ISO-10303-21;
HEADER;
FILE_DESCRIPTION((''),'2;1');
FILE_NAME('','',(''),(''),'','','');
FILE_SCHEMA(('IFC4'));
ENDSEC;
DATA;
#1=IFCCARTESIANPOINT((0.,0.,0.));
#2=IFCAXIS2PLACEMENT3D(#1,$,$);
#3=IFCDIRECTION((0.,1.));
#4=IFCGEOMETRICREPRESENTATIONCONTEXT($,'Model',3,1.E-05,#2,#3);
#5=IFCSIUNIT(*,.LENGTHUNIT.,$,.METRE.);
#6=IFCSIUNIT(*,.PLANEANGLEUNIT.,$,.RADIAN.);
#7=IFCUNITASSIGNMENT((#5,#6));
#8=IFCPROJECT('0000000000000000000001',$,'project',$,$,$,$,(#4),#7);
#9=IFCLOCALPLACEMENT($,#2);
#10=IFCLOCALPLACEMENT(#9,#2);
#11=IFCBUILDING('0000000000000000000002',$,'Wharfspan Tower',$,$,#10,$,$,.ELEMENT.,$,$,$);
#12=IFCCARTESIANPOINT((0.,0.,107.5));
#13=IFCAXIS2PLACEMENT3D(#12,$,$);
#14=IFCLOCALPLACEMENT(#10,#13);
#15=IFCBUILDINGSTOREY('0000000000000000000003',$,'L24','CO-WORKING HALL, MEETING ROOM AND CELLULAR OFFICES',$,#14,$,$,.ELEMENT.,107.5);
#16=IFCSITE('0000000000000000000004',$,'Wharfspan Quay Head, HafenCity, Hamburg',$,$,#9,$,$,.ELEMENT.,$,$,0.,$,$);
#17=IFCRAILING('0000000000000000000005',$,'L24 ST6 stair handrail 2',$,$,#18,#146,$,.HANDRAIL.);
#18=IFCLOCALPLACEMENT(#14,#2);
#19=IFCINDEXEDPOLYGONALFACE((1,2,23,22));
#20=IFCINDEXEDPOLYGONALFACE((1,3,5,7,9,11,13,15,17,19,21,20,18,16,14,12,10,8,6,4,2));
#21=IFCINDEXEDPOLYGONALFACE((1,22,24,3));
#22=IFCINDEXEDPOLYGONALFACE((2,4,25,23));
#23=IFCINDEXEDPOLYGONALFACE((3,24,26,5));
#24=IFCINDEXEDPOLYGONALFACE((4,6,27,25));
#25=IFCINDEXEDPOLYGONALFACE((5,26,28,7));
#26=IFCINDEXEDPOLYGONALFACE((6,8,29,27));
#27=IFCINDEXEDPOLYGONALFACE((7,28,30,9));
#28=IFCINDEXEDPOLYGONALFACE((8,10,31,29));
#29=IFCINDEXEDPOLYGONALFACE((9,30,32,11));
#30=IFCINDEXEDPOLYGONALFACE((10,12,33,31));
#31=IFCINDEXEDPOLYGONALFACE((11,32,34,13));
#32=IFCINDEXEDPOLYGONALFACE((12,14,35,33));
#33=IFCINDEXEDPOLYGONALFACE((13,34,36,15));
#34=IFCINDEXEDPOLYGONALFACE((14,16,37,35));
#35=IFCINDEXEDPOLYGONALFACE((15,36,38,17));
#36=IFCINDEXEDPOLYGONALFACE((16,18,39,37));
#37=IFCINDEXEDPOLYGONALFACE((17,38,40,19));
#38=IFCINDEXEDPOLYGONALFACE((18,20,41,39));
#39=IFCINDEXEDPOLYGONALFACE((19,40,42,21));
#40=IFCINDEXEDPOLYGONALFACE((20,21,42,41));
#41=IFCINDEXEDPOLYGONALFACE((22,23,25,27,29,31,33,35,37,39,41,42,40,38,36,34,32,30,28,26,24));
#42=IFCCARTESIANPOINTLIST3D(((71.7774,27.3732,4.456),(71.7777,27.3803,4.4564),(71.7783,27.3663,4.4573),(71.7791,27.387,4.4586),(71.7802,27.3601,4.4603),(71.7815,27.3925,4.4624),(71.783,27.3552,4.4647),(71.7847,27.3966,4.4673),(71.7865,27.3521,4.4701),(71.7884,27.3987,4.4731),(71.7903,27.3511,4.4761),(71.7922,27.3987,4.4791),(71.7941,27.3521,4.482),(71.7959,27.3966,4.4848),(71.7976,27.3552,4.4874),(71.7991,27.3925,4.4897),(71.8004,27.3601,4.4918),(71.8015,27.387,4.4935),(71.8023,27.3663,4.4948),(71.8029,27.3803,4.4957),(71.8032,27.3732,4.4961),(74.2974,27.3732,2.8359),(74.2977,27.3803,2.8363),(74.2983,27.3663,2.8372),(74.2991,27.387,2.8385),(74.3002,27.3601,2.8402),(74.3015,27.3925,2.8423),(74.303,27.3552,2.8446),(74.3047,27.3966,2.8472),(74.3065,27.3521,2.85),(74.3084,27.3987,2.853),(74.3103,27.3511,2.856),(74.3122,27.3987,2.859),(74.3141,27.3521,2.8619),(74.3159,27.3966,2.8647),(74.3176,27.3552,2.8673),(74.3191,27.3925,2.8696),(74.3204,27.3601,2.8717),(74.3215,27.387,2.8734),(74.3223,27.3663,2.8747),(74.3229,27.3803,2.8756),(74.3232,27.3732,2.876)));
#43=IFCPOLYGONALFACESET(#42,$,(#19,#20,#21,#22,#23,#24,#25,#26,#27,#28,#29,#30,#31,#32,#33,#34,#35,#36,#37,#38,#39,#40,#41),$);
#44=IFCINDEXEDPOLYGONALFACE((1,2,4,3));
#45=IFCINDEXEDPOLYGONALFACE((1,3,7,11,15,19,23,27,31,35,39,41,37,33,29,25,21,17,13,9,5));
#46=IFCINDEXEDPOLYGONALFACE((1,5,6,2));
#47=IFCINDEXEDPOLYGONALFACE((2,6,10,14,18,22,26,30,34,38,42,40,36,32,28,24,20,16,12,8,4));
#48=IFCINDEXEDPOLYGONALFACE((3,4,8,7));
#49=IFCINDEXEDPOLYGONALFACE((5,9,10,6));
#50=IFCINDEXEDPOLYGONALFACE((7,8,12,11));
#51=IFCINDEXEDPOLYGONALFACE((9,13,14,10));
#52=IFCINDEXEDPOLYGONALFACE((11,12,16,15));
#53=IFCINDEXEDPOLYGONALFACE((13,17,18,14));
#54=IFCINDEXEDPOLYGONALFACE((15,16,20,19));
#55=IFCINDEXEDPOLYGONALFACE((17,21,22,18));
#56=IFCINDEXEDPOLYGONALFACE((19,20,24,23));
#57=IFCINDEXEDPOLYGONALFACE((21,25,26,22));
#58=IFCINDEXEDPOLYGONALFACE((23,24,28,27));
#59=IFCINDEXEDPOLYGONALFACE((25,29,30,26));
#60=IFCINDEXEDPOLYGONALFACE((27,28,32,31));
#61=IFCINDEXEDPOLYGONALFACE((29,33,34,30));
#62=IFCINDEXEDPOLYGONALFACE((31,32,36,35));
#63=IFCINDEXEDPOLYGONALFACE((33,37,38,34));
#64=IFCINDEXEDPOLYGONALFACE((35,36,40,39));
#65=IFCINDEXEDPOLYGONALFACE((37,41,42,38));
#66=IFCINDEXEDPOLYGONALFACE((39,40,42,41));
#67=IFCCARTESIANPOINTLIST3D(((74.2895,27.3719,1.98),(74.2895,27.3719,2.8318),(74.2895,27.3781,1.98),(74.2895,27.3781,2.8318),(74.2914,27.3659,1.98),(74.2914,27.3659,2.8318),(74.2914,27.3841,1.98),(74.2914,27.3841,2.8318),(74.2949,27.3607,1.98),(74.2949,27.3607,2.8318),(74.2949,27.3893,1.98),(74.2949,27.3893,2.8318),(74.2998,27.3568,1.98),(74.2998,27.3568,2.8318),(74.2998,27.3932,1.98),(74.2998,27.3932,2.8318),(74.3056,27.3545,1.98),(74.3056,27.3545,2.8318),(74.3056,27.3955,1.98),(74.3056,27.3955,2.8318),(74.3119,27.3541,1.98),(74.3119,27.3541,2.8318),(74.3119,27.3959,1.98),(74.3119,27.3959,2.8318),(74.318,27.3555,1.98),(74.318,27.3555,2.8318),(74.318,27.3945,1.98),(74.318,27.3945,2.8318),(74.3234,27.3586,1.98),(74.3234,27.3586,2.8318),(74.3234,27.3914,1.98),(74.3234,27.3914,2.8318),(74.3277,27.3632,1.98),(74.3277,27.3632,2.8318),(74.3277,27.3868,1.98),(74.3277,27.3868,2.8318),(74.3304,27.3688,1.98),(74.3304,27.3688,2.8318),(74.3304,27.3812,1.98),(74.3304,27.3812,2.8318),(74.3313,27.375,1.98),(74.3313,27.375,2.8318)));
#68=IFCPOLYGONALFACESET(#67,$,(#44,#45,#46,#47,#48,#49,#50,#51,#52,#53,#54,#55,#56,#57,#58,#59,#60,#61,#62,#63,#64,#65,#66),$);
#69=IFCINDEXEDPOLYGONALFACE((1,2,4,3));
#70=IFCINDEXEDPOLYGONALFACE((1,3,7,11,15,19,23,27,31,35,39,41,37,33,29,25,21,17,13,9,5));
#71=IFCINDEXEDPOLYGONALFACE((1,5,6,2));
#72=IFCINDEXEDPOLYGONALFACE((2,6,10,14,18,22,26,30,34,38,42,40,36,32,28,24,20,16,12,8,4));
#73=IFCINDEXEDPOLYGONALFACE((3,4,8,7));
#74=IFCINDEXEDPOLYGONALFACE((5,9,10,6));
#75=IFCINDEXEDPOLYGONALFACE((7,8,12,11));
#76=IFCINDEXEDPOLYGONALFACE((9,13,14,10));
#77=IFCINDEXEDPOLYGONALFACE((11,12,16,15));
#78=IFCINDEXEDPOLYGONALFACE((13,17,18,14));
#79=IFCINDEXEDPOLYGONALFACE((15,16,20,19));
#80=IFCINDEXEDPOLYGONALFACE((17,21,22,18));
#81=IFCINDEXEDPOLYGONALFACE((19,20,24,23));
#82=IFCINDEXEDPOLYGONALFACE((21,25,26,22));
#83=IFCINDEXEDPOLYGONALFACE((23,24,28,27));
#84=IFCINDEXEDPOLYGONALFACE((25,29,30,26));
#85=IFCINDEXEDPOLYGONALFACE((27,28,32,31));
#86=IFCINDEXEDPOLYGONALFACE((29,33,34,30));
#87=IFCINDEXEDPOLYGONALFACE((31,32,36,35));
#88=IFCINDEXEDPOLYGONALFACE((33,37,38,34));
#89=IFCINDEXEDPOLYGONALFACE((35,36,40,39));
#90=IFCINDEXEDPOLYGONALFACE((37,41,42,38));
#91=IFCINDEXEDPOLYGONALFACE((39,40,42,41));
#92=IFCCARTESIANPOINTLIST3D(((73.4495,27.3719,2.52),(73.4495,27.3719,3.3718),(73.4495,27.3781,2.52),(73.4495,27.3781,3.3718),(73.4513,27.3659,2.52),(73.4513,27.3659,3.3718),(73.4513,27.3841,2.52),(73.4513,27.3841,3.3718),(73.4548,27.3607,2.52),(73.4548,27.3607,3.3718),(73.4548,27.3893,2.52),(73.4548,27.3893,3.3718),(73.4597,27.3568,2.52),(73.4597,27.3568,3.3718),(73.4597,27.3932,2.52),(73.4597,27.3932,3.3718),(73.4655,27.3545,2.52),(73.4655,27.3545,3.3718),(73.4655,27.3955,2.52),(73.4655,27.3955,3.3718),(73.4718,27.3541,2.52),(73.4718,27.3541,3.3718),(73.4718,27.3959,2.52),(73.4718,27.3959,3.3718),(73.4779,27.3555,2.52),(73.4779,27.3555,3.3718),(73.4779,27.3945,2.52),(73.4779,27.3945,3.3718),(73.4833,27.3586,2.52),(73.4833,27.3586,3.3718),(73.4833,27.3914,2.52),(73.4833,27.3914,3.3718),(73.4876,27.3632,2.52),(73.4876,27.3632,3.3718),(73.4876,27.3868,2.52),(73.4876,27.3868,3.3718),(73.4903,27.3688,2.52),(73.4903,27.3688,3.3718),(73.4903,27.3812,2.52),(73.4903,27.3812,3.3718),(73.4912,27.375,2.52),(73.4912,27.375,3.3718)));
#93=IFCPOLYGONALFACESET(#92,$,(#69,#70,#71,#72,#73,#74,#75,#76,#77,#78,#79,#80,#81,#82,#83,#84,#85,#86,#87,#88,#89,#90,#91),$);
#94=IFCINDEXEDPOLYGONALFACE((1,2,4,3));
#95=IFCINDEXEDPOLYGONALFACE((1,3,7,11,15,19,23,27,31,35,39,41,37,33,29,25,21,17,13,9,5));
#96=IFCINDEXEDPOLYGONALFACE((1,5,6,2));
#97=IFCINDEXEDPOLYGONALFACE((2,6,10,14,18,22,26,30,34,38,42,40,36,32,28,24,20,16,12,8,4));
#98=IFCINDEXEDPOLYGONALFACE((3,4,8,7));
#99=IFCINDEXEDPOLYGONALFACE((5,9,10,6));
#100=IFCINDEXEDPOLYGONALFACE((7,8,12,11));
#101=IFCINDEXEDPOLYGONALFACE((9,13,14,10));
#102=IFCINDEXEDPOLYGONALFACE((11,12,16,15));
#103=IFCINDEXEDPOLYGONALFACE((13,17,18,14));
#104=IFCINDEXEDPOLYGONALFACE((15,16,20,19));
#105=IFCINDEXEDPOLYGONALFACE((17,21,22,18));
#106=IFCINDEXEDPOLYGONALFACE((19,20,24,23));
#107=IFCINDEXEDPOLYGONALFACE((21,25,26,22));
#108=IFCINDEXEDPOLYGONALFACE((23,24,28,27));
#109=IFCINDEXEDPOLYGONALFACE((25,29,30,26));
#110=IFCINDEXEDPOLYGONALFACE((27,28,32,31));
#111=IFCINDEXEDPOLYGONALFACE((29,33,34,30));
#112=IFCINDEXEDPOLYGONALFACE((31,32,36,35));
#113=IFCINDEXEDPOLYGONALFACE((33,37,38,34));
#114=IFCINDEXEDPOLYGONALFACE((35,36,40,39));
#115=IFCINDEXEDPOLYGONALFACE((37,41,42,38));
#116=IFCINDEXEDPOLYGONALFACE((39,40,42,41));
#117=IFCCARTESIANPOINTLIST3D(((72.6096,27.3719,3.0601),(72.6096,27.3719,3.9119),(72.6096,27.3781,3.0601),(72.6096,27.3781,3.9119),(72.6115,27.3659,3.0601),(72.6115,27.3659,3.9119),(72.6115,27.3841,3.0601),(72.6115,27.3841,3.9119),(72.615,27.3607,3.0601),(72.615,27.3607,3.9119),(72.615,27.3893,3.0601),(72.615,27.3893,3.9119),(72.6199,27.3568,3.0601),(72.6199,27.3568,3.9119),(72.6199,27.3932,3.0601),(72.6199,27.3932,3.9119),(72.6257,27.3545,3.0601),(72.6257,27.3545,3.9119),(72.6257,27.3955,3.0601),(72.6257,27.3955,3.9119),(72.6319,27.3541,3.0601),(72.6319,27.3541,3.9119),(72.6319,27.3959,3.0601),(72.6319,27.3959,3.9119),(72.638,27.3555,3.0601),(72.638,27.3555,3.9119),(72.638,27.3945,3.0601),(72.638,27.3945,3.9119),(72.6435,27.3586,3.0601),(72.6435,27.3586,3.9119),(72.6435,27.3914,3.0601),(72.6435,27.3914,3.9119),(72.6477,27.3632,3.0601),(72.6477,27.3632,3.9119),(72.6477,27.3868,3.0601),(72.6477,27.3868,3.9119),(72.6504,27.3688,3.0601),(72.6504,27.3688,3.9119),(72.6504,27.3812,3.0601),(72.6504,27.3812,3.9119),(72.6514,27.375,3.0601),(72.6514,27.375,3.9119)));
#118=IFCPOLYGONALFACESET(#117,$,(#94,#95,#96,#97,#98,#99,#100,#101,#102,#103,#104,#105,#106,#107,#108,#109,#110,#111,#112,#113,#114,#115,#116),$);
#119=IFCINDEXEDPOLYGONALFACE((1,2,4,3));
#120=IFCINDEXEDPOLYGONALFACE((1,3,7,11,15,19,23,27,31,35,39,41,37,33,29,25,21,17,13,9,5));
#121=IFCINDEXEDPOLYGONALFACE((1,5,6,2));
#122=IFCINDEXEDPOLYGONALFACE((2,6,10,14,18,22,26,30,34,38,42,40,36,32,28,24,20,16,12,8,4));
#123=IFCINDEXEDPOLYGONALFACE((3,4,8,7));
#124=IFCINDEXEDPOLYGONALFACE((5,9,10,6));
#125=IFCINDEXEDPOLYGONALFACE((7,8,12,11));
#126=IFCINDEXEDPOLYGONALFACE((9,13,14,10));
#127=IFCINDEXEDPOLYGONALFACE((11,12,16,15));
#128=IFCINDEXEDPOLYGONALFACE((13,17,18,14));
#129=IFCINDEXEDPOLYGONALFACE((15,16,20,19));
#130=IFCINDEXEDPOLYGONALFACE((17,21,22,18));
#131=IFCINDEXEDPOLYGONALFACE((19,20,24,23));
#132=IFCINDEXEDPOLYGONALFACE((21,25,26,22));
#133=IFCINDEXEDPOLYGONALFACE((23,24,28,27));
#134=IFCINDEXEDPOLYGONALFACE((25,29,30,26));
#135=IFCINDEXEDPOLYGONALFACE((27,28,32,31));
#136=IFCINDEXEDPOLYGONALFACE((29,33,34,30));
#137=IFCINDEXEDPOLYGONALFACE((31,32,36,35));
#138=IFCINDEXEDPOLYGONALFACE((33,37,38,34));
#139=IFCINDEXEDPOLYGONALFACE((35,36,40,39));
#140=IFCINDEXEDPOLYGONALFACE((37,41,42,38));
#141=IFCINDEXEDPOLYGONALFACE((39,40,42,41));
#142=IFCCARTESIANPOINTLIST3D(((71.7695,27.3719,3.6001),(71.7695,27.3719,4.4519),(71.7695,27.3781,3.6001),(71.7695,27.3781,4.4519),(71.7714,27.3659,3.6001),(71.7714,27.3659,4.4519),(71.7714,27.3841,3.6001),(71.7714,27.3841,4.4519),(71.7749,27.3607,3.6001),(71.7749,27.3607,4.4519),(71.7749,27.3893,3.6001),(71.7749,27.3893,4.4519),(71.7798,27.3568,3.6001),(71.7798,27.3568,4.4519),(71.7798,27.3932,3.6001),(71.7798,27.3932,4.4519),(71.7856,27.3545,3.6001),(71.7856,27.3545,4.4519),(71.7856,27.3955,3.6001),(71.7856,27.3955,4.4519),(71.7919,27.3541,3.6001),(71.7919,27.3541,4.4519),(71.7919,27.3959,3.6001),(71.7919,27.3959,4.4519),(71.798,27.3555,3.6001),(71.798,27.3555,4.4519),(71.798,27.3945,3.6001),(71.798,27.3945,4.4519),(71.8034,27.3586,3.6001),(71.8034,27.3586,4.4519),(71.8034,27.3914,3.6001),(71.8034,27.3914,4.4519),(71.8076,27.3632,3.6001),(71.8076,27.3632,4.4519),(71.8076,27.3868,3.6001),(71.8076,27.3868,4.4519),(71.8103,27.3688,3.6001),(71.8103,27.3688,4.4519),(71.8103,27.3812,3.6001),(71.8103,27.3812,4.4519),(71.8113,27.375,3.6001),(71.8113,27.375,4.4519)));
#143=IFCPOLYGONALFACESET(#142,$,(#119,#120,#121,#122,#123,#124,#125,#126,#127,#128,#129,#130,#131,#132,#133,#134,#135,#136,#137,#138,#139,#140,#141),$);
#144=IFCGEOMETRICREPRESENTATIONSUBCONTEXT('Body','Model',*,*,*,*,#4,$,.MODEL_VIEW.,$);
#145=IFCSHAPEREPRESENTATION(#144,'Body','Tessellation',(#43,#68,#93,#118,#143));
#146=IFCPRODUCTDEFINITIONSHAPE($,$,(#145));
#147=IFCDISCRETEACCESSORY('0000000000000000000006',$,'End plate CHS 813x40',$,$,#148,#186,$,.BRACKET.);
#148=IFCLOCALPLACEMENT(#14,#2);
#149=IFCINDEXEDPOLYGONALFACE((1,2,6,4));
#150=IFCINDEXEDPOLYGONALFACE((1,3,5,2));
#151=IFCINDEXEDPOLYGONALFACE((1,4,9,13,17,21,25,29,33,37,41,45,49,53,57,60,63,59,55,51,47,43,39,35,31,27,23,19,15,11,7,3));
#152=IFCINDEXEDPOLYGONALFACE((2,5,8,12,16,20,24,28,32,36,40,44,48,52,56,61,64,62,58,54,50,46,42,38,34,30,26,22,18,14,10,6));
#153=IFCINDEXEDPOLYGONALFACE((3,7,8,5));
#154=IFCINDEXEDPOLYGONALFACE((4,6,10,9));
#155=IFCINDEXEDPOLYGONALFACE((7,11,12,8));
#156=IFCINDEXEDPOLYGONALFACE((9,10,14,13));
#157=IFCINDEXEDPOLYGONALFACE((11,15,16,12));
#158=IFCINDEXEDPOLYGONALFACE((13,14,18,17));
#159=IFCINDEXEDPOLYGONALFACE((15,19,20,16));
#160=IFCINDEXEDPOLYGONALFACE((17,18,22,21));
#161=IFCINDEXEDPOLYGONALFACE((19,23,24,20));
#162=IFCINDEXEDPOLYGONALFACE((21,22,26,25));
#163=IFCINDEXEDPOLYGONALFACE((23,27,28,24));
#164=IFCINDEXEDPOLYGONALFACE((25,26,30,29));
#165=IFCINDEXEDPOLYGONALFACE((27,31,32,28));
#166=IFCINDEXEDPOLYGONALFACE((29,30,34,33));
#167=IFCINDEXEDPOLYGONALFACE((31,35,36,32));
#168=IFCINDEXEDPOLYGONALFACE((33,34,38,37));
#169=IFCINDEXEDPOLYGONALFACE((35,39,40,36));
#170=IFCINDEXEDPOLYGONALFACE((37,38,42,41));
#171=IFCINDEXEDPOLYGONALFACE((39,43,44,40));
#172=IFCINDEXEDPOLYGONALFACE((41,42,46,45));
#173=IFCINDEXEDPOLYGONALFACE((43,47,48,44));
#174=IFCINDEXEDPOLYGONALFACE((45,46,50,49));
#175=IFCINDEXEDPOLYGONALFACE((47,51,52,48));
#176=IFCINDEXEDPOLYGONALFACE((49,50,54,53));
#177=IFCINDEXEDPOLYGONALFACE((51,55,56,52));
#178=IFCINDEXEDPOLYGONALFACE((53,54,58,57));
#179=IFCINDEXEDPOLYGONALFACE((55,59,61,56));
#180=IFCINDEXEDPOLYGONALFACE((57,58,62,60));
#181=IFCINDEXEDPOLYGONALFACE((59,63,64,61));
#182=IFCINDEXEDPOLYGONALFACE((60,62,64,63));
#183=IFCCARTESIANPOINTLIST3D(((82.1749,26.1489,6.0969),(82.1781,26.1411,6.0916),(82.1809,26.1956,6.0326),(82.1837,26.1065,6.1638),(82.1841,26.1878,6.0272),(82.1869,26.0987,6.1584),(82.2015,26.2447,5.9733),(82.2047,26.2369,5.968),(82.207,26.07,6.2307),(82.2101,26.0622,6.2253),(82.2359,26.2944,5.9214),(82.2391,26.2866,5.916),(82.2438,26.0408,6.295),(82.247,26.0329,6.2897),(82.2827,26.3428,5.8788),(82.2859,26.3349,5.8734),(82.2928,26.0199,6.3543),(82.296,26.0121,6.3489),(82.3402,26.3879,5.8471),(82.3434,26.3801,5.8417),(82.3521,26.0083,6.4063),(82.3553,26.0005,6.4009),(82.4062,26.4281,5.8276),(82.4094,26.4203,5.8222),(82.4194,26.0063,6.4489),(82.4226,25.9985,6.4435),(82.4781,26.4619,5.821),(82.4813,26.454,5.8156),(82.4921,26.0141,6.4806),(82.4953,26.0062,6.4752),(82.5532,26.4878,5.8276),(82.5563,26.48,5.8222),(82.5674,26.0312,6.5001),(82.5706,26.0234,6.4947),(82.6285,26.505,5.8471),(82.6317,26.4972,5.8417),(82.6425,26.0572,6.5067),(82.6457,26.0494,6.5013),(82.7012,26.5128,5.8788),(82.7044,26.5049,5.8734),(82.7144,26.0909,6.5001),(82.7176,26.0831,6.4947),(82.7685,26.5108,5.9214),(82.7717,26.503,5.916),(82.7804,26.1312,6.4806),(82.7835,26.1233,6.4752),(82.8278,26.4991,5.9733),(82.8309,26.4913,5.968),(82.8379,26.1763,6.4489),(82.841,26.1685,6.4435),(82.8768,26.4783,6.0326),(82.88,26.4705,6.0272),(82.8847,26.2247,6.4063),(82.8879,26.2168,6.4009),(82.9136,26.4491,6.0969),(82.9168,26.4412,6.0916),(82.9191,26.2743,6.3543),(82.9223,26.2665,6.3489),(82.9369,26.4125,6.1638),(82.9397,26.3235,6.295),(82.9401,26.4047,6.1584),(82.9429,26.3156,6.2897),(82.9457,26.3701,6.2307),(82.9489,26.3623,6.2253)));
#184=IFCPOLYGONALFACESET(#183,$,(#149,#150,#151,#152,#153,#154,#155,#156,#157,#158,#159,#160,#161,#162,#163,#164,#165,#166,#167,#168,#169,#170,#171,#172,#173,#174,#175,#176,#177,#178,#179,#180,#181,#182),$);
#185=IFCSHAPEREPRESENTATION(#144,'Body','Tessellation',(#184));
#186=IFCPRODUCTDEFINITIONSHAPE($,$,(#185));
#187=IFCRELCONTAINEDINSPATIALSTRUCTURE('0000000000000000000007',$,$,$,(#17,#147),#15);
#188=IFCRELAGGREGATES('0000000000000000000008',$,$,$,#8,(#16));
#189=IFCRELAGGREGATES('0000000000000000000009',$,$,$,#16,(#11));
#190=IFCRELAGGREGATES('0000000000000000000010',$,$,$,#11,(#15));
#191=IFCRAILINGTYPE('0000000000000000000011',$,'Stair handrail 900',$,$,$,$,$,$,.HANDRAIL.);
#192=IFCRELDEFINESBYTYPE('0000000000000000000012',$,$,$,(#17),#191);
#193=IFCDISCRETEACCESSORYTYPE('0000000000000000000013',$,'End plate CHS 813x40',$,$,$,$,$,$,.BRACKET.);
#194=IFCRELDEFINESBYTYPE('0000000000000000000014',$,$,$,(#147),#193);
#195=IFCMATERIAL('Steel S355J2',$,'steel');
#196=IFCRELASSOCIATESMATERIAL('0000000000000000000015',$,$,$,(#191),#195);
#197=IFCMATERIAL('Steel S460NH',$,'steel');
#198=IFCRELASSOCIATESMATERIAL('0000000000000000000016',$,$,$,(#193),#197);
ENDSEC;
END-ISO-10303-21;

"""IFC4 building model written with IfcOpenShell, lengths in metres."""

from ifc_helpers import new_model, si_unit, direction, frame, origin, origin_2d, place, context, subcontext, project, spatial, circle, extrude, material, material_profile, profile_set, type_object, element, save


model = new_model("IFC4")

# Units and contexts
model_context = context("Model", 3, precision=1e-05, world=origin(), true_north=direction((0.0, 1.0)))
body_context = subcontext(model_context, "Body", "Model", "MODEL_VIEW")
ifc_project = project(units=[si_unit("LENGTHUNIT", "METRE"), si_unit("PLANEANGLEUNIT", "RADIAN")], contexts=[model_context])

# Site, building, storey
site_placement = place(None, origin())
site = spatial("IfcSite", under=ifc_project, at=site_placement, Name="Wharfspan Quay Head, HafenCity, Hamburg", CompositionType="ELEMENT", RefElevation=0.0)
building_placement = place(site_placement, origin())
building = spatial("IfcBuilding", under=site, at=building_placement, Name="Wharfspan Tower", CompositionType="ELEMENT")
storey_placement = place(building_placement, frame((0.0, 0.0, 107.5)))
storey = spatial("IfcBuildingStorey", under=building, at=storey_placement, Name="L24", Description="CO-WORKING HALL, MEETING ROOM AND CELLULAR OFFICES", CompositionType="ELEMENT", Elevation=107.5)

# Shared definitions
ifc_material_1 = material(Name="Steel S355J2", Category="steel")

# Shared definitions
ifc_material_2 = material(Name="Steel S460NH", Category="steel")

# Railing
railing_type_1 = type_object("IfcRailingType", Name="Stair handrail 900", PredefinedType="HANDRAIL", material=ifc_material_1)
railing_1_placement = place(storey_placement, frame((74.3103, 27.375, 1.98)))
element("IfcRailing", 1, at=railing_1_placement, inside=storey, type_object=railing_type_1, Name="L24 ST6 stair handrail 2", PredefinedType="HANDRAIL", context=body_context, shape_type="SweptSolid", body=[
    extrude(circle(Radius=0.0239, at=origin_2d()), frame((0.0, 0.0, 0.876), z_axis=(-0.841163, 0.0, 0.540782), x_axis=(0.0, -1.0, 0.0)), (0.0, 0.0, 1.0), 2.9958),
    extrude(circle(Radius=0.021, at=origin_2d()), origin(), (0.0, 0.0, 1.0), 0.8518),
    extrude(circle(Radius=0.021, at=origin_2d()), frame((-0.8401, 0.0, 0.54)), (0.0, 0.0, 1.0), 0.8518),
    extrude(circle(Radius=0.021, at=origin_2d()), frame((-1.6799, 0.0, 1.0801)), (0.0, 0.0, 1.0), 0.8518),
    extrude(circle(Radius=0.021, at=origin_2d()), frame((-2.52, 0.0, 1.6201)), (0.0, 0.0, 1.0), 0.8518),
])

# Discrete accessory
ifc_material_profile_1 = material_profile(ifc_material_2, circle(Radius=0.4065, at=origin_2d()))
ifc_profile_set_1 = profile_set([ifc_material_profile_1], Name="Steel S460NH")
discrete_accessory_type = type_object("IfcDiscreteAccessoryType", Name="End plate CHS 813x40", PredefinedType="BRACKET", material=ifc_profile_set_1)
for number, where, z_axis, x_axis, name in (
    (2, (82.5635, 26.2517, 6.1584), (-0.317451, 0.781418, 0.537225), (-0.92647, -0.376377, -0.000002), "End plate CHS 813x40"),
):
    element("IfcDiscreteAccessory", number, at=place(storey_placement, frame(where, z_axis=z_axis, x_axis=x_axis)), inside=storey, type_object=discrete_accessory_type, Name=name, PredefinedType="BRACKET", context=body_context, shape_type="SweptSolid", body=[
        extrude(circle(Radius=0.4065, at=origin_2d()), origin(), (0.0, 0.0, 1.0), 0.01),
    ])

save(model, "model.ifc")
